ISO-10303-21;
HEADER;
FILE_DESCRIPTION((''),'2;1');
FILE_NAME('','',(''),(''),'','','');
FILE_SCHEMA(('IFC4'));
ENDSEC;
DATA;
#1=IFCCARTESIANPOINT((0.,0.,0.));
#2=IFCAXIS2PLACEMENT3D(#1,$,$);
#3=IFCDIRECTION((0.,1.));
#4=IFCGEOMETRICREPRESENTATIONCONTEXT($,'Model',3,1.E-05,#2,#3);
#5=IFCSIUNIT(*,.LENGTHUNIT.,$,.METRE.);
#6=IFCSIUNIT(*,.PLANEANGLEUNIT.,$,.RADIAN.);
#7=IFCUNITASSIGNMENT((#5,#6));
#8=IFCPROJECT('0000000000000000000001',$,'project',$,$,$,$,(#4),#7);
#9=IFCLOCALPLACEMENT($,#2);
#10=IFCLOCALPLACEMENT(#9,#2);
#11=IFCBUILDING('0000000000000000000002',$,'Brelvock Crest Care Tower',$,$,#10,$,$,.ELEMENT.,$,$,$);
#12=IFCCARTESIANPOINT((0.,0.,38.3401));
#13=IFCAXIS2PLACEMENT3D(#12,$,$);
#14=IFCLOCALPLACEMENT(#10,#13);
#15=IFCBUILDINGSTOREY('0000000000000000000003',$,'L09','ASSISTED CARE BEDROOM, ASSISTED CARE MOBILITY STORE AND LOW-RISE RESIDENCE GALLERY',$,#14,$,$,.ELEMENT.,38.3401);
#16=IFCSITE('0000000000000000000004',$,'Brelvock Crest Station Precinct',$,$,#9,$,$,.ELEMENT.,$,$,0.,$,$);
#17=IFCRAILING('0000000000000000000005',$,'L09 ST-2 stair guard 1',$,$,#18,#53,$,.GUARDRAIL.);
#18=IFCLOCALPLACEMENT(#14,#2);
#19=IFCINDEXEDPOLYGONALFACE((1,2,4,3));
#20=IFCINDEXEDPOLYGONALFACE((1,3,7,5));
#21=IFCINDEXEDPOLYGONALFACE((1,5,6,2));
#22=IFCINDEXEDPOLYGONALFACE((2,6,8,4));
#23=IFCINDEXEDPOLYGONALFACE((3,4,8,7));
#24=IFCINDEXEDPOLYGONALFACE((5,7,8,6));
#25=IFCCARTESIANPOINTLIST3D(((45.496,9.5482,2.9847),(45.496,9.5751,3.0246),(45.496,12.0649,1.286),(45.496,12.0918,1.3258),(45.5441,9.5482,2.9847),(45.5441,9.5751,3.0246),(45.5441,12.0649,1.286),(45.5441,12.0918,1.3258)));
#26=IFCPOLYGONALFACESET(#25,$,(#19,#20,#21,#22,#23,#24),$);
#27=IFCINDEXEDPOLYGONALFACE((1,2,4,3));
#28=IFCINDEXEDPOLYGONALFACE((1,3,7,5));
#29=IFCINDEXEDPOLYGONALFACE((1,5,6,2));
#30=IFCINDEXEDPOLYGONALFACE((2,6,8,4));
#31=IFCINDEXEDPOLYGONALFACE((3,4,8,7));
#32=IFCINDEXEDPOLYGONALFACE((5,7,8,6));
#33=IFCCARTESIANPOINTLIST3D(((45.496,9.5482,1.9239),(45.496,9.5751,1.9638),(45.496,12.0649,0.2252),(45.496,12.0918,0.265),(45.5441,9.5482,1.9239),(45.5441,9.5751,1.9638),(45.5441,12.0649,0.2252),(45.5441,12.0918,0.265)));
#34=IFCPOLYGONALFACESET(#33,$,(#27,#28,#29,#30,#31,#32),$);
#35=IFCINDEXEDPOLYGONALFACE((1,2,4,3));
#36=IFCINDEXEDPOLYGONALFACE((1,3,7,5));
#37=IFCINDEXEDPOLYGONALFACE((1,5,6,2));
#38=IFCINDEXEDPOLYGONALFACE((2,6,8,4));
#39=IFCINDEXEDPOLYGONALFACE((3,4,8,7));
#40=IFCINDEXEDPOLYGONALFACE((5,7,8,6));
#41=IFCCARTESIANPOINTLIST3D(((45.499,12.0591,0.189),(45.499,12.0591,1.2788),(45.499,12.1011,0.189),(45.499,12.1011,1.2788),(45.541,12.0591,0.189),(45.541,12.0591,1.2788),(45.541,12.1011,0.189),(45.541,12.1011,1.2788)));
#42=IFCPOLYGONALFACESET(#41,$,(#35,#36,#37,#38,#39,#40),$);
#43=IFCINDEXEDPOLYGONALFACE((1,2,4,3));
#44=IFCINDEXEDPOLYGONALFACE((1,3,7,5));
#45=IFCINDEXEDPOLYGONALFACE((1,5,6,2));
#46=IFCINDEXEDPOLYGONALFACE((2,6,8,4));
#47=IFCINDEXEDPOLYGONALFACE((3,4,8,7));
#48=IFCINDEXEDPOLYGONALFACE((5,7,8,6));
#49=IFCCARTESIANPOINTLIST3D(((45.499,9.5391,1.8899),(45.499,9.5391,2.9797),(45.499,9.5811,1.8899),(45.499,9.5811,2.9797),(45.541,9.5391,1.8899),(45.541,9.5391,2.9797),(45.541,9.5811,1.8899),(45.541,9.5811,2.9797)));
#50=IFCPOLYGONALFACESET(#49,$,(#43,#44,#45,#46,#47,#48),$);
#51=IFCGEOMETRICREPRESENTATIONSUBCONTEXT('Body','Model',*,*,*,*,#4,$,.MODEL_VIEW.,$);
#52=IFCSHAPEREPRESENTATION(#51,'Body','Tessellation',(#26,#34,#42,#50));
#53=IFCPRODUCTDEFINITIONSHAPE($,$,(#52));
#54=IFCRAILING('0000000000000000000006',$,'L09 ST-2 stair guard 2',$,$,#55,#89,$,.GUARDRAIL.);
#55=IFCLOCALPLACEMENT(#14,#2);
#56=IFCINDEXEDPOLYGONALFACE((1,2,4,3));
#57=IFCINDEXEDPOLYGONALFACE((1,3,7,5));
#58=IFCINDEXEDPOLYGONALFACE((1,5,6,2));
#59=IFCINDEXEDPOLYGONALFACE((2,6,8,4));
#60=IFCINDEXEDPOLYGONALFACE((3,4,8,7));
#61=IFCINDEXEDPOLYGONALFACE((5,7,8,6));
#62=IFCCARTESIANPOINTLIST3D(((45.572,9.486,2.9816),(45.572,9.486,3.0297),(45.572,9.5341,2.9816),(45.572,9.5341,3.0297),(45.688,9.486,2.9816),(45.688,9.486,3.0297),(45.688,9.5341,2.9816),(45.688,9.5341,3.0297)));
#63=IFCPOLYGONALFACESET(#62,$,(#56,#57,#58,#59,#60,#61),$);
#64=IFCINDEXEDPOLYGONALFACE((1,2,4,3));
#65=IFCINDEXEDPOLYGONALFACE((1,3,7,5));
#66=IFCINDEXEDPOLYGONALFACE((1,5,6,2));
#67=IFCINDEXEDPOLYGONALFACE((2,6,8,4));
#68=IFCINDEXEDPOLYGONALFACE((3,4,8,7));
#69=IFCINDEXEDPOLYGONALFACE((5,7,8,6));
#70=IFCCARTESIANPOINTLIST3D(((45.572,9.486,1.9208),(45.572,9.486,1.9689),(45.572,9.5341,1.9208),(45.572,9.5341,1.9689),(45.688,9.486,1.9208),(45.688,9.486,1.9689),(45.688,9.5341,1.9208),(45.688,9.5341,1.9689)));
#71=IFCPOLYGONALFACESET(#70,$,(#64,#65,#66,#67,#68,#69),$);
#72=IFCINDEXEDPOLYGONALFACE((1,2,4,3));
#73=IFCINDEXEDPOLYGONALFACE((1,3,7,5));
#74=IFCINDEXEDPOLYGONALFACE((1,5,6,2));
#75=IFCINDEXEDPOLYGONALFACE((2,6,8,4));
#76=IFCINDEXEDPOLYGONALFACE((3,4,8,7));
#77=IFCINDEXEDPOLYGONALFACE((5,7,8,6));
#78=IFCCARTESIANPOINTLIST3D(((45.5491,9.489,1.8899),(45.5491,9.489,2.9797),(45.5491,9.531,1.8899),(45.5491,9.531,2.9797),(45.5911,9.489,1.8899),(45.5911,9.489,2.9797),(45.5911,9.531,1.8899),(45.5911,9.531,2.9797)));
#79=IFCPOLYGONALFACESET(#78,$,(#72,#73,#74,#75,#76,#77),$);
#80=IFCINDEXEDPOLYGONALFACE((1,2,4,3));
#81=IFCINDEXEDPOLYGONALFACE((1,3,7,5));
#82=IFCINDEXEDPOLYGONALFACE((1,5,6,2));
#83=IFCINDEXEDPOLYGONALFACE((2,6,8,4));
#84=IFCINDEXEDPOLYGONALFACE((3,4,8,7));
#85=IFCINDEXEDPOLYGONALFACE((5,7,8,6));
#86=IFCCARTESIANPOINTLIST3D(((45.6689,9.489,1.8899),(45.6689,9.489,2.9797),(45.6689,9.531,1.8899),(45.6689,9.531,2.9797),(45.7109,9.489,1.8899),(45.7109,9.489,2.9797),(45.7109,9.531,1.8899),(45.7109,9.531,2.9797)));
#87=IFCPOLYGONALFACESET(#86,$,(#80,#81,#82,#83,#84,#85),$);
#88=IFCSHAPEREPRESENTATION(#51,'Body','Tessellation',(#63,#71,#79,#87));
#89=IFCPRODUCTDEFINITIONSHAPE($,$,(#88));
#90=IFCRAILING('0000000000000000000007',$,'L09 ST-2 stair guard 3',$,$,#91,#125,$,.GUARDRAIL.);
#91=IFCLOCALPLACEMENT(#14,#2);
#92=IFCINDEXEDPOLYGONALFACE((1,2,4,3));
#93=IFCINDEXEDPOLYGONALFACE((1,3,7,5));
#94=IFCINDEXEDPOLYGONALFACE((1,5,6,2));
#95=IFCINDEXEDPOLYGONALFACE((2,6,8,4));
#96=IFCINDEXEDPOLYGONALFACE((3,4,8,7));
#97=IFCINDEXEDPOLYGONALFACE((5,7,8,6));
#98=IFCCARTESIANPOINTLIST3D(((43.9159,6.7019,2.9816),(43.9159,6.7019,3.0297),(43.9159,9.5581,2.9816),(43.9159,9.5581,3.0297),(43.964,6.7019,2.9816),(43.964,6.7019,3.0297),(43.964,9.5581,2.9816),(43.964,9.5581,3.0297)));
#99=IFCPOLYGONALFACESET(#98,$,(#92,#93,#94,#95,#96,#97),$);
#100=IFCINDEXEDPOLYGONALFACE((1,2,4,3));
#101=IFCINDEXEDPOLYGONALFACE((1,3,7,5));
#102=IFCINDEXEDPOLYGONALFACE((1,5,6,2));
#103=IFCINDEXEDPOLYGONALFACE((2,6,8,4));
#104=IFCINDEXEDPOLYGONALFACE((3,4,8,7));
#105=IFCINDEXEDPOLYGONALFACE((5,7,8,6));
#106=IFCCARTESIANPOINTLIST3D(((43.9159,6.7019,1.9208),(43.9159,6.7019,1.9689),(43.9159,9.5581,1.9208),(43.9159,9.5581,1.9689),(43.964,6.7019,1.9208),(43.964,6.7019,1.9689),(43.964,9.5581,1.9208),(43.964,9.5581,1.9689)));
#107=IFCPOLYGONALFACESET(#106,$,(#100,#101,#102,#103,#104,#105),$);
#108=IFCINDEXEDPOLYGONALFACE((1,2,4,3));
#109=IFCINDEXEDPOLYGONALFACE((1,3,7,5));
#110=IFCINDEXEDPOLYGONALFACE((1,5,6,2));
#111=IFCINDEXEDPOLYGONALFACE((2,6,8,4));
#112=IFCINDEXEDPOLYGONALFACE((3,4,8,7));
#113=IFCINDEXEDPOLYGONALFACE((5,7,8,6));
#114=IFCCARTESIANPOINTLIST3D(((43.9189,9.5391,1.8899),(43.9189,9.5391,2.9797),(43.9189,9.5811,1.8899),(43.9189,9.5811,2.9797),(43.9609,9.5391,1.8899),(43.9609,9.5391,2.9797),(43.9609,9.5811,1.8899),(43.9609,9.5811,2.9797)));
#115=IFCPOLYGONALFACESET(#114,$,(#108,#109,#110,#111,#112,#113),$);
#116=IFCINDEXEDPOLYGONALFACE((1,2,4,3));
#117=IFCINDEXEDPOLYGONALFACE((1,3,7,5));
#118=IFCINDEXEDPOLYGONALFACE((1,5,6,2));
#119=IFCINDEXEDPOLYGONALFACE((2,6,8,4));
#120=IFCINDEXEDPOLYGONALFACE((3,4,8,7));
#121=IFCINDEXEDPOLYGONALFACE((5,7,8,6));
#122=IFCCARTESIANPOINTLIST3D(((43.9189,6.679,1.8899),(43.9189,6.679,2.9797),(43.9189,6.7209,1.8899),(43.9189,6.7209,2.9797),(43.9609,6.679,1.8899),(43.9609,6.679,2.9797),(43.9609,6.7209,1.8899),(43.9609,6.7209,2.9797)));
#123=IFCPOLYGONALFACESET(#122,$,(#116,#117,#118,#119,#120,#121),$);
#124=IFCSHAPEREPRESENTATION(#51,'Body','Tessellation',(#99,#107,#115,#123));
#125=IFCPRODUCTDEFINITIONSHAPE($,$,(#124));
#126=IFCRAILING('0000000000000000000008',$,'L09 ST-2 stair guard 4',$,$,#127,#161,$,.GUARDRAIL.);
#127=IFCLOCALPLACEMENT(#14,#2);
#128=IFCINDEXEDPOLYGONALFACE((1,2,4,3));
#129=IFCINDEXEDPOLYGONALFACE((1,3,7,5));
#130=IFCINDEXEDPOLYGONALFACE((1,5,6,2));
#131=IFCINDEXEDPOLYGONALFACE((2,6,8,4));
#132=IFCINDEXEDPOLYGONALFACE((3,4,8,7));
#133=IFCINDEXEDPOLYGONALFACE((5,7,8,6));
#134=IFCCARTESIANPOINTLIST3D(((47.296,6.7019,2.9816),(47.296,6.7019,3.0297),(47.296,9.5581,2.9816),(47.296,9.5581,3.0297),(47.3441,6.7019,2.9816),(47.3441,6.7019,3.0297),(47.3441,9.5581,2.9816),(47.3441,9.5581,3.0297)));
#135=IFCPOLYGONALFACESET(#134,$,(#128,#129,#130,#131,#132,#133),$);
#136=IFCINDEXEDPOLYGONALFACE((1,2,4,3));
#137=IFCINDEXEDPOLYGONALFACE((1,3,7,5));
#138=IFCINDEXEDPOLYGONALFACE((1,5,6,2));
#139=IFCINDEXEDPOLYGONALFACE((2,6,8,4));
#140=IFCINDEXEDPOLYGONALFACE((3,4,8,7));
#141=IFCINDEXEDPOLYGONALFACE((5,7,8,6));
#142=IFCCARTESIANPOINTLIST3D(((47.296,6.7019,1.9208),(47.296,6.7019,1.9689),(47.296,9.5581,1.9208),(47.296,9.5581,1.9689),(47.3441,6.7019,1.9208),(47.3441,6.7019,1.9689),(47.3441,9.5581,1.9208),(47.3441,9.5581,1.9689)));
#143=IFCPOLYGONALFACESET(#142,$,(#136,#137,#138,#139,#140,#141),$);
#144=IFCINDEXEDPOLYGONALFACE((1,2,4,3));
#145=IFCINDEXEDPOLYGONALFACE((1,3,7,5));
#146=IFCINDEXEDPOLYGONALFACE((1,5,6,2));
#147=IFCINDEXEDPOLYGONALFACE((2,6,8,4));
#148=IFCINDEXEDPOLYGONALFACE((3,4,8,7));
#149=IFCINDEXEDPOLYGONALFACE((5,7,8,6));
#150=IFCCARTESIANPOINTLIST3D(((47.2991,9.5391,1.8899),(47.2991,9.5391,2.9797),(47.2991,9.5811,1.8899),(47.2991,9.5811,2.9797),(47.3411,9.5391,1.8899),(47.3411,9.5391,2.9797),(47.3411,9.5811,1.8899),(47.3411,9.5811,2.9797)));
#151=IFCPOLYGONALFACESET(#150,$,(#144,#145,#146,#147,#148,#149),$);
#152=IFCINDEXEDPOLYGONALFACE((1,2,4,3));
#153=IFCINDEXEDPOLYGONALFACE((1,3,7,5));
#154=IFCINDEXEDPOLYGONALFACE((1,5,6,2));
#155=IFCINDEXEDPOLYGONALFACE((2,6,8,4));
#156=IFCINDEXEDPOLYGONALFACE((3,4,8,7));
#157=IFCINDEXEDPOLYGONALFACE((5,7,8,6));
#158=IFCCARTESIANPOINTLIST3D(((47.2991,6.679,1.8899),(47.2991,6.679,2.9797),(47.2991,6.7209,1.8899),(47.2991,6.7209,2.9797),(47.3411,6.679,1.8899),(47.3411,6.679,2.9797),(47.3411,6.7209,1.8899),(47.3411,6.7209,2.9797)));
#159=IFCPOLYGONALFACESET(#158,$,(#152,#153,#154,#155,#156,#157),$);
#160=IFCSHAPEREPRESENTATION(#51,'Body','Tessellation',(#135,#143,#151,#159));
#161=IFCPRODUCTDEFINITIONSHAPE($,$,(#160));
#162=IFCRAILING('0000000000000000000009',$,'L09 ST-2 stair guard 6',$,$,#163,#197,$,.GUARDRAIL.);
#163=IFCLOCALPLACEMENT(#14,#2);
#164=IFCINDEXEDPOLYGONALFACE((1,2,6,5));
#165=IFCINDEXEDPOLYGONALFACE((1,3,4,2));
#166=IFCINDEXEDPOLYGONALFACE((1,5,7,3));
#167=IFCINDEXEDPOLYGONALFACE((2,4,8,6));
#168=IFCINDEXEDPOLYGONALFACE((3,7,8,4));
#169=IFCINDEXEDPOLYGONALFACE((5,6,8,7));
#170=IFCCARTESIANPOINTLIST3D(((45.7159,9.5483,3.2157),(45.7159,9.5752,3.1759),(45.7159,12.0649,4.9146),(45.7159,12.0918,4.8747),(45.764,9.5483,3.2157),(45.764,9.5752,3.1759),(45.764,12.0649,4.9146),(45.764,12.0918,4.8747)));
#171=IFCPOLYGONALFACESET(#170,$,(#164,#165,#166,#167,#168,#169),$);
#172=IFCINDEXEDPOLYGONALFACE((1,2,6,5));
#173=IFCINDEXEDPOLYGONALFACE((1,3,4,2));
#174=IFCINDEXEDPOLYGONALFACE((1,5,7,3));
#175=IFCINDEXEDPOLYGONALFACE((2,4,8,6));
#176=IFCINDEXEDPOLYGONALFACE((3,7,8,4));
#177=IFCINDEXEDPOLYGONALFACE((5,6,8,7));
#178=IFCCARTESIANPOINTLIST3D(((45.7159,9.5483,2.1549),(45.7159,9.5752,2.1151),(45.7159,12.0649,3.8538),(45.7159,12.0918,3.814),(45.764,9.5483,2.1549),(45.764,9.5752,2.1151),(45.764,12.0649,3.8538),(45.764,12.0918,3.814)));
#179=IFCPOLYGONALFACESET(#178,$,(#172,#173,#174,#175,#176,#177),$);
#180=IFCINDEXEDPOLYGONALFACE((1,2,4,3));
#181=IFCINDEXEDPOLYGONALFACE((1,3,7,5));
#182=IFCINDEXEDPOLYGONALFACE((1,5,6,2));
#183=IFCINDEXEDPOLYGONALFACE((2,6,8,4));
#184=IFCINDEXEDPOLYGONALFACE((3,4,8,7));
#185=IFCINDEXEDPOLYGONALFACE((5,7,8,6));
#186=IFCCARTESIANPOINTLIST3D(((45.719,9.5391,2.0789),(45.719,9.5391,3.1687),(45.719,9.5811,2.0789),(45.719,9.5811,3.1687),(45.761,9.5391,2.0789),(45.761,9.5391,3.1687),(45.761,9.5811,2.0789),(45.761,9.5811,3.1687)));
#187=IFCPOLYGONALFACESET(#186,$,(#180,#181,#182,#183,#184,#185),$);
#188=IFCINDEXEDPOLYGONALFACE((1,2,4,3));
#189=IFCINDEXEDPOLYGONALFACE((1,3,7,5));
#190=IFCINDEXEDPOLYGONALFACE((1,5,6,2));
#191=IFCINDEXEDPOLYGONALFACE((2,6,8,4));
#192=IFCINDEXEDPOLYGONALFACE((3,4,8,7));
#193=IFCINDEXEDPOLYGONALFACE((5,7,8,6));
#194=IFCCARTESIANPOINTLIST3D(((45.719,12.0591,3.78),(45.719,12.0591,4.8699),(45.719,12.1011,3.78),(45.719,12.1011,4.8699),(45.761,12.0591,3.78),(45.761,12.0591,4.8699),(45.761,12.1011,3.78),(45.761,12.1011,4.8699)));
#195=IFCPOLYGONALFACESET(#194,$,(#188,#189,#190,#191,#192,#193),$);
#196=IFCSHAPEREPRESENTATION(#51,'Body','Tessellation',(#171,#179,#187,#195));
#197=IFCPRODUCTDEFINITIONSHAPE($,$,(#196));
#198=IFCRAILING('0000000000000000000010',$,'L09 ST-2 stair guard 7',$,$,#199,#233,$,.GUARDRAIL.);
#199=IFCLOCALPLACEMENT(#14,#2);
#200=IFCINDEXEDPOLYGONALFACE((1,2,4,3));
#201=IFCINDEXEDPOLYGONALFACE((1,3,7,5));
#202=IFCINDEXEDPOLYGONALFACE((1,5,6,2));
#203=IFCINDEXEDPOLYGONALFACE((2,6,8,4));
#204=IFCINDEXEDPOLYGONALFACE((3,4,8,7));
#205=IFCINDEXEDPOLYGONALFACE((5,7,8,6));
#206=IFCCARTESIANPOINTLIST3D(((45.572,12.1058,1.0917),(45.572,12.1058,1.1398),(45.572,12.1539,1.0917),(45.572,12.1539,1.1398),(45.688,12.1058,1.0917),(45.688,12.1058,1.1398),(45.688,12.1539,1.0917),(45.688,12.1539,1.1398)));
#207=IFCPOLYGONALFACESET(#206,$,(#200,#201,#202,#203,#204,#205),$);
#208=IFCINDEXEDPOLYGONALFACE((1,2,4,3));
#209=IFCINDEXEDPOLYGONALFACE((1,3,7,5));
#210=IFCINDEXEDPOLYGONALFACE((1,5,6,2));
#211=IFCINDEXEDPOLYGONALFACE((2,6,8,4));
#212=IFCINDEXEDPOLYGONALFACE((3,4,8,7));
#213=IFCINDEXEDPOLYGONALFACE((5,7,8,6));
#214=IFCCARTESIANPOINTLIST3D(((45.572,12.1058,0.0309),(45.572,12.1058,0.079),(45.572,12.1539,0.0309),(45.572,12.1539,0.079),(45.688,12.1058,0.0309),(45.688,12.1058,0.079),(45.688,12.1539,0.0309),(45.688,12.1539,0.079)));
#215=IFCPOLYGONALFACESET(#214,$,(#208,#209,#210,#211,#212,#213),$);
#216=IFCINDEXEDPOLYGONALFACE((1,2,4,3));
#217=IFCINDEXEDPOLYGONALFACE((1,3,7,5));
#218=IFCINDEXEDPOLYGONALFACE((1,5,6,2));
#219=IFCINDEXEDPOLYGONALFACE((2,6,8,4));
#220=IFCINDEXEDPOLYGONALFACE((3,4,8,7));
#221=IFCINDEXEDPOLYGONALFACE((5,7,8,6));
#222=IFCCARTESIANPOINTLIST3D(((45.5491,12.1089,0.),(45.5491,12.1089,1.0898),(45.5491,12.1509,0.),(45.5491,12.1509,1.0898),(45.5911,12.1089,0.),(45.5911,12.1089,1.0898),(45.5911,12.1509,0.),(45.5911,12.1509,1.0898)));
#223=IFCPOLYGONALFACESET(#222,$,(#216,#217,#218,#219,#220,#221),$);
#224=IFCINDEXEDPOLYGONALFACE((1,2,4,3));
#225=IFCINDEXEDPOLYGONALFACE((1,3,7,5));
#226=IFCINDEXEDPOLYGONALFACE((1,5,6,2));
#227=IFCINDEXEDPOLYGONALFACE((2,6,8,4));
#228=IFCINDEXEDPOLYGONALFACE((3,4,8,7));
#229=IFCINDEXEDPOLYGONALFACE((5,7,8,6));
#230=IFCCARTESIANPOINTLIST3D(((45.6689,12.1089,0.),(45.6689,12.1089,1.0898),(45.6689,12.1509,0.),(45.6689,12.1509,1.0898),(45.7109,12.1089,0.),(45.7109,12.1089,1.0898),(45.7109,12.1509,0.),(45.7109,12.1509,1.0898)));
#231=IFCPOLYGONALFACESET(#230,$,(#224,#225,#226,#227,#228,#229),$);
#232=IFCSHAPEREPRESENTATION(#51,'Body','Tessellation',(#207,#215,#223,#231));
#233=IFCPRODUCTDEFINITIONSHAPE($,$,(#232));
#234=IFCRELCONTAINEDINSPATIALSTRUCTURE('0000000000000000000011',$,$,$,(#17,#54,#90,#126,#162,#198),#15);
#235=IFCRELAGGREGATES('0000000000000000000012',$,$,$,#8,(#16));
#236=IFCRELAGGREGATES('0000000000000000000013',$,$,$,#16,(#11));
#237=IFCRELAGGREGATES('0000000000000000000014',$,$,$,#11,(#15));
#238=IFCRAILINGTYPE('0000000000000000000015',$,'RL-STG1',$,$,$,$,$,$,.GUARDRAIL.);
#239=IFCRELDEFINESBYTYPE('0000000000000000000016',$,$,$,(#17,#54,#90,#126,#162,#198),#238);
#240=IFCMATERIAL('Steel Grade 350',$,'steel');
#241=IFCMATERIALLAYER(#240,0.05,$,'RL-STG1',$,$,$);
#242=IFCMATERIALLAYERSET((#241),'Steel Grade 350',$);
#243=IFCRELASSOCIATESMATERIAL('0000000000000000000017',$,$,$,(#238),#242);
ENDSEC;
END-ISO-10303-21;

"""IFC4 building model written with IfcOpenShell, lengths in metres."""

from ifc_helpers import new_model, si_unit, direction, frame, origin, origin_2d, place, context, subcontext, project, spatial, rectangle, extrude, material, layer, layer_set, type_object, element, save


model = new_model("IFC4")

# Units and contexts
model_context = context("Model", 3, precision=1e-05, world=origin(), true_north=direction((0.0, 1.0)))
body_context = subcontext(model_context, "Body", "Model", "MODEL_VIEW")
ifc_project = project(units=[si_unit("LENGTHUNIT", "METRE"), si_unit("PLANEANGLEUNIT", "RADIAN")], contexts=[model_context])

# Site, building, storey
site_placement = place(None, origin())
site = spatial("IfcSite", under=ifc_project, at=site_placement, Name="Brelvock Crest Station Precinct", CompositionType="ELEMENT", RefElevation=0.0)
building_placement = place(site_placement, origin())
building = spatial("IfcBuilding", under=site, at=building_placement, Name="Brelvock Crest Care Tower", CompositionType="ELEMENT")
storey_placement = place(building_placement, frame((0.0, 0.0, 38.3401)))
storey = spatial("IfcBuildingStorey", under=building, at=storey_placement, Name="L09", Description="ASSISTED CARE BEDROOM, ASSISTED CARE MOBILITY STORE AND LOW-RISE RESIDENCE GALLERY", CompositionType="ELEMENT", Elevation=38.3401)

# Shared definitions
ifc_material_1 = material(Name="Steel Grade 350", Category="steel")

# Railings
ifc_layer_1 = layer(ifc_material_1, 0.05, Name="RL-STG1")
ifc_layer_set_1 = layer_set([ifc_layer_1], Name="Steel Grade 350")
railing_type_1 = type_object("IfcRailingType", Name="RL-STG1", PredefinedType="GUARDRAIL", material=ifc_layer_set_1)
railing_1_placement = place(storey_placement, frame((45.52, 12.0801, 0.189)))
element("IfcRailing", 1, at=railing_1_placement, inside=storey, type_object=railing_type_1, Name="L09 ST-2 stair guard 1", PredefinedType="GUARDRAIL", context=body_context, shape_type="SweptSolid", body=[
    extrude(rectangle(XDim=0.0481, YDim=0.0481, at=origin_2d()), frame((0.0, -0.0017, 1.1169), z_axis=(0.0, -0.828862, 0.559454), x_axis=(1.0, 0.0, 0.0)), (0.0, 0.0, 1.0), 3.0364),
    extrude(rectangle(XDim=0.0481, YDim=0.0481, at=origin_2d()), frame((0.0, -0.0017, 0.0562), z_axis=(0.0, -0.828862, 0.559454), x_axis=(1.0, 0.0, 0.0)), (0.0, 0.0, 1.0), 3.0364),
    extrude(rectangle(XDim=0.042, YDim=0.042, at=origin_2d()), origin(), (0.0, 0.0, 1.0), 1.0898),
    extrude(rectangle(XDim=0.042, YDim=0.042, at=origin_2d()), frame((0.0, -2.52, 1.7009)), (0.0, 0.0, 1.0), 1.0898),
])
railing_2_placement = place(storey_placement, frame((45.5701, 9.51, 1.8899)))
element("IfcRailing", 2, at=railing_2_placement, inside=storey, type_object=railing_type_1, Name="L09 ST-2 stair guard 2", PredefinedType="GUARDRAIL", context=body_context, shape_type="SweptSolid", body=[
    extrude(rectangle(XDim=0.0481, YDim=0.0481, at=origin_2d()), frame((0.002, 0.0, 1.1157), z_axis=(1.0, 0.0, 0.0), x_axis=(0.0, 1.0, 0.0)), (0.0, 0.0, 1.0), 0.116),
    extrude(rectangle(XDim=0.0481, YDim=0.0481, at=origin_2d()), frame((0.002, 0.0, 0.0549), z_axis=(1.0, 0.0, 0.0), x_axis=(0.0, 1.0, 0.0)), (0.0, 0.0, 1.0), 0.116),
    extrude(rectangle(XDim=0.042, YDim=0.042, at=origin_2d()), origin(), (0.0, 0.0, 1.0), 1.0898),
    extrude(rectangle(XDim=0.042, YDim=0.042, at=origin_2d()), frame((0.1199, 0.0, 0.0)), (0.0, 0.0, 1.0), 1.0898),
])
for number, where, name in (
    (3, (43.9399, 9.5601, 1.8899), "L09 ST-2 stair guard 3"),
    (4, (47.3201, 9.5601, 1.8899), "L09 ST-2 stair guard 4"),
):
    element("IfcRailing", number, at=place(storey_placement, frame(where)), inside=storey, type_object=railing_type_1, Name=name, PredefinedType="GUARDRAIL", context=body_context, shape_type="SweptSolid", body=[
        extrude(rectangle(XDim=0.0481, YDim=0.0481, at=origin_2d()), frame((0.0, -0.002, 1.1157), z_axis=(0.0, -1.0, 0.0), x_axis=(1.0, 0.0, 0.0)), (0.0, 0.0, 1.0), 2.8562),
        extrude(rectangle(XDim=0.0481, YDim=0.0481, at=origin_2d()), frame((0.0, -0.002, 0.0549), z_axis=(0.0, -1.0, 0.0), x_axis=(1.0, 0.0, 0.0)), (0.0, 0.0, 1.0), 2.8562),
        extrude(rectangle(XDim=0.042, YDim=0.042, at=origin_2d()), origin(), (0.0, 0.0, 1.0), 1.0898),
        extrude(rectangle(XDim=0.042, YDim=0.042, at=origin_2d()), frame((0.0, -2.8601, 0.0)), (0.0, 0.0, 1.0), 1.0898),
    ])
railing_3_placement = place(storey_placement, frame((45.74, 9.5601, 2.0789)))
element("IfcRailing", 5, at=railing_3_placement, inside=storey, type_object=railing_type_1, Name="L09 ST-2 stair guard 6", PredefinedType="GUARDRAIL", context=body_context, shape_type="SweptSolid", body=[
    extrude(rectangle(XDim=0.0481, YDim=0.0481, at=origin_2d()), frame((0.0, 0.0017, 1.1169), z_axis=(0.0, 0.828824, 0.559509), x_axis=(-1.0, 0.0, 0.0)), (0.0, 0.0, 1.0), 3.0364),
    extrude(rectangle(XDim=0.0481, YDim=0.0481, at=origin_2d()), frame((0.0, 0.0017, 0.0562), z_axis=(0.0, 0.828824, 0.559509), x_axis=(-1.0, 0.0, 0.0)), (0.0, 0.0, 1.0), 3.0364),
    extrude(rectangle(XDim=0.042, YDim=0.042, at=origin_2d()), origin(), (0.0, 0.0, 1.0), 1.0898),
    extrude(rectangle(XDim=0.042, YDim=0.042, at=origin_2d()), frame((0.0, 2.52, 1.7012)), (0.0, 0.0, 1.0), 1.0898),
])
railing_4_placement = place(storey_placement, frame((45.5701, 12.1299, 0.0)))
element("IfcRailing", 6, at=railing_4_placement, inside=storey, type_object=railing_type_1, Name="L09 ST-2 stair guard 7", PredefinedType="GUARDRAIL", context=body_context, shape_type="SweptSolid", body=[
    extrude(rectangle(XDim=0.0481, YDim=0.0481, at=origin_2d()), frame((0.002, 0.0, 1.1157), z_axis=(1.0, 0.0, 0.0), x_axis=(0.0, 1.0, 0.0)), (0.0, 0.0, 1.0), 0.116),
    extrude(rectangle(XDim=0.0481, YDim=0.0481, at=origin_2d()), frame((0.002, 0.0, 0.0549), z_axis=(1.0, 0.0, 0.0), x_axis=(0.0, 1.0, 0.0)), (0.0, 0.0, 1.0), 0.116),
    extrude(rectangle(XDim=0.042, YDim=0.042, at=origin_2d()), origin(), (0.0, 0.0, 1.0), 1.0898),
    extrude(rectangle(XDim=0.042, YDim=0.042, at=origin_2d()), frame((0.1199, 0.0, 0.0)), (0.0, 0.0, 1.0), 1.0898),
])

save(model, "model.ifc")
